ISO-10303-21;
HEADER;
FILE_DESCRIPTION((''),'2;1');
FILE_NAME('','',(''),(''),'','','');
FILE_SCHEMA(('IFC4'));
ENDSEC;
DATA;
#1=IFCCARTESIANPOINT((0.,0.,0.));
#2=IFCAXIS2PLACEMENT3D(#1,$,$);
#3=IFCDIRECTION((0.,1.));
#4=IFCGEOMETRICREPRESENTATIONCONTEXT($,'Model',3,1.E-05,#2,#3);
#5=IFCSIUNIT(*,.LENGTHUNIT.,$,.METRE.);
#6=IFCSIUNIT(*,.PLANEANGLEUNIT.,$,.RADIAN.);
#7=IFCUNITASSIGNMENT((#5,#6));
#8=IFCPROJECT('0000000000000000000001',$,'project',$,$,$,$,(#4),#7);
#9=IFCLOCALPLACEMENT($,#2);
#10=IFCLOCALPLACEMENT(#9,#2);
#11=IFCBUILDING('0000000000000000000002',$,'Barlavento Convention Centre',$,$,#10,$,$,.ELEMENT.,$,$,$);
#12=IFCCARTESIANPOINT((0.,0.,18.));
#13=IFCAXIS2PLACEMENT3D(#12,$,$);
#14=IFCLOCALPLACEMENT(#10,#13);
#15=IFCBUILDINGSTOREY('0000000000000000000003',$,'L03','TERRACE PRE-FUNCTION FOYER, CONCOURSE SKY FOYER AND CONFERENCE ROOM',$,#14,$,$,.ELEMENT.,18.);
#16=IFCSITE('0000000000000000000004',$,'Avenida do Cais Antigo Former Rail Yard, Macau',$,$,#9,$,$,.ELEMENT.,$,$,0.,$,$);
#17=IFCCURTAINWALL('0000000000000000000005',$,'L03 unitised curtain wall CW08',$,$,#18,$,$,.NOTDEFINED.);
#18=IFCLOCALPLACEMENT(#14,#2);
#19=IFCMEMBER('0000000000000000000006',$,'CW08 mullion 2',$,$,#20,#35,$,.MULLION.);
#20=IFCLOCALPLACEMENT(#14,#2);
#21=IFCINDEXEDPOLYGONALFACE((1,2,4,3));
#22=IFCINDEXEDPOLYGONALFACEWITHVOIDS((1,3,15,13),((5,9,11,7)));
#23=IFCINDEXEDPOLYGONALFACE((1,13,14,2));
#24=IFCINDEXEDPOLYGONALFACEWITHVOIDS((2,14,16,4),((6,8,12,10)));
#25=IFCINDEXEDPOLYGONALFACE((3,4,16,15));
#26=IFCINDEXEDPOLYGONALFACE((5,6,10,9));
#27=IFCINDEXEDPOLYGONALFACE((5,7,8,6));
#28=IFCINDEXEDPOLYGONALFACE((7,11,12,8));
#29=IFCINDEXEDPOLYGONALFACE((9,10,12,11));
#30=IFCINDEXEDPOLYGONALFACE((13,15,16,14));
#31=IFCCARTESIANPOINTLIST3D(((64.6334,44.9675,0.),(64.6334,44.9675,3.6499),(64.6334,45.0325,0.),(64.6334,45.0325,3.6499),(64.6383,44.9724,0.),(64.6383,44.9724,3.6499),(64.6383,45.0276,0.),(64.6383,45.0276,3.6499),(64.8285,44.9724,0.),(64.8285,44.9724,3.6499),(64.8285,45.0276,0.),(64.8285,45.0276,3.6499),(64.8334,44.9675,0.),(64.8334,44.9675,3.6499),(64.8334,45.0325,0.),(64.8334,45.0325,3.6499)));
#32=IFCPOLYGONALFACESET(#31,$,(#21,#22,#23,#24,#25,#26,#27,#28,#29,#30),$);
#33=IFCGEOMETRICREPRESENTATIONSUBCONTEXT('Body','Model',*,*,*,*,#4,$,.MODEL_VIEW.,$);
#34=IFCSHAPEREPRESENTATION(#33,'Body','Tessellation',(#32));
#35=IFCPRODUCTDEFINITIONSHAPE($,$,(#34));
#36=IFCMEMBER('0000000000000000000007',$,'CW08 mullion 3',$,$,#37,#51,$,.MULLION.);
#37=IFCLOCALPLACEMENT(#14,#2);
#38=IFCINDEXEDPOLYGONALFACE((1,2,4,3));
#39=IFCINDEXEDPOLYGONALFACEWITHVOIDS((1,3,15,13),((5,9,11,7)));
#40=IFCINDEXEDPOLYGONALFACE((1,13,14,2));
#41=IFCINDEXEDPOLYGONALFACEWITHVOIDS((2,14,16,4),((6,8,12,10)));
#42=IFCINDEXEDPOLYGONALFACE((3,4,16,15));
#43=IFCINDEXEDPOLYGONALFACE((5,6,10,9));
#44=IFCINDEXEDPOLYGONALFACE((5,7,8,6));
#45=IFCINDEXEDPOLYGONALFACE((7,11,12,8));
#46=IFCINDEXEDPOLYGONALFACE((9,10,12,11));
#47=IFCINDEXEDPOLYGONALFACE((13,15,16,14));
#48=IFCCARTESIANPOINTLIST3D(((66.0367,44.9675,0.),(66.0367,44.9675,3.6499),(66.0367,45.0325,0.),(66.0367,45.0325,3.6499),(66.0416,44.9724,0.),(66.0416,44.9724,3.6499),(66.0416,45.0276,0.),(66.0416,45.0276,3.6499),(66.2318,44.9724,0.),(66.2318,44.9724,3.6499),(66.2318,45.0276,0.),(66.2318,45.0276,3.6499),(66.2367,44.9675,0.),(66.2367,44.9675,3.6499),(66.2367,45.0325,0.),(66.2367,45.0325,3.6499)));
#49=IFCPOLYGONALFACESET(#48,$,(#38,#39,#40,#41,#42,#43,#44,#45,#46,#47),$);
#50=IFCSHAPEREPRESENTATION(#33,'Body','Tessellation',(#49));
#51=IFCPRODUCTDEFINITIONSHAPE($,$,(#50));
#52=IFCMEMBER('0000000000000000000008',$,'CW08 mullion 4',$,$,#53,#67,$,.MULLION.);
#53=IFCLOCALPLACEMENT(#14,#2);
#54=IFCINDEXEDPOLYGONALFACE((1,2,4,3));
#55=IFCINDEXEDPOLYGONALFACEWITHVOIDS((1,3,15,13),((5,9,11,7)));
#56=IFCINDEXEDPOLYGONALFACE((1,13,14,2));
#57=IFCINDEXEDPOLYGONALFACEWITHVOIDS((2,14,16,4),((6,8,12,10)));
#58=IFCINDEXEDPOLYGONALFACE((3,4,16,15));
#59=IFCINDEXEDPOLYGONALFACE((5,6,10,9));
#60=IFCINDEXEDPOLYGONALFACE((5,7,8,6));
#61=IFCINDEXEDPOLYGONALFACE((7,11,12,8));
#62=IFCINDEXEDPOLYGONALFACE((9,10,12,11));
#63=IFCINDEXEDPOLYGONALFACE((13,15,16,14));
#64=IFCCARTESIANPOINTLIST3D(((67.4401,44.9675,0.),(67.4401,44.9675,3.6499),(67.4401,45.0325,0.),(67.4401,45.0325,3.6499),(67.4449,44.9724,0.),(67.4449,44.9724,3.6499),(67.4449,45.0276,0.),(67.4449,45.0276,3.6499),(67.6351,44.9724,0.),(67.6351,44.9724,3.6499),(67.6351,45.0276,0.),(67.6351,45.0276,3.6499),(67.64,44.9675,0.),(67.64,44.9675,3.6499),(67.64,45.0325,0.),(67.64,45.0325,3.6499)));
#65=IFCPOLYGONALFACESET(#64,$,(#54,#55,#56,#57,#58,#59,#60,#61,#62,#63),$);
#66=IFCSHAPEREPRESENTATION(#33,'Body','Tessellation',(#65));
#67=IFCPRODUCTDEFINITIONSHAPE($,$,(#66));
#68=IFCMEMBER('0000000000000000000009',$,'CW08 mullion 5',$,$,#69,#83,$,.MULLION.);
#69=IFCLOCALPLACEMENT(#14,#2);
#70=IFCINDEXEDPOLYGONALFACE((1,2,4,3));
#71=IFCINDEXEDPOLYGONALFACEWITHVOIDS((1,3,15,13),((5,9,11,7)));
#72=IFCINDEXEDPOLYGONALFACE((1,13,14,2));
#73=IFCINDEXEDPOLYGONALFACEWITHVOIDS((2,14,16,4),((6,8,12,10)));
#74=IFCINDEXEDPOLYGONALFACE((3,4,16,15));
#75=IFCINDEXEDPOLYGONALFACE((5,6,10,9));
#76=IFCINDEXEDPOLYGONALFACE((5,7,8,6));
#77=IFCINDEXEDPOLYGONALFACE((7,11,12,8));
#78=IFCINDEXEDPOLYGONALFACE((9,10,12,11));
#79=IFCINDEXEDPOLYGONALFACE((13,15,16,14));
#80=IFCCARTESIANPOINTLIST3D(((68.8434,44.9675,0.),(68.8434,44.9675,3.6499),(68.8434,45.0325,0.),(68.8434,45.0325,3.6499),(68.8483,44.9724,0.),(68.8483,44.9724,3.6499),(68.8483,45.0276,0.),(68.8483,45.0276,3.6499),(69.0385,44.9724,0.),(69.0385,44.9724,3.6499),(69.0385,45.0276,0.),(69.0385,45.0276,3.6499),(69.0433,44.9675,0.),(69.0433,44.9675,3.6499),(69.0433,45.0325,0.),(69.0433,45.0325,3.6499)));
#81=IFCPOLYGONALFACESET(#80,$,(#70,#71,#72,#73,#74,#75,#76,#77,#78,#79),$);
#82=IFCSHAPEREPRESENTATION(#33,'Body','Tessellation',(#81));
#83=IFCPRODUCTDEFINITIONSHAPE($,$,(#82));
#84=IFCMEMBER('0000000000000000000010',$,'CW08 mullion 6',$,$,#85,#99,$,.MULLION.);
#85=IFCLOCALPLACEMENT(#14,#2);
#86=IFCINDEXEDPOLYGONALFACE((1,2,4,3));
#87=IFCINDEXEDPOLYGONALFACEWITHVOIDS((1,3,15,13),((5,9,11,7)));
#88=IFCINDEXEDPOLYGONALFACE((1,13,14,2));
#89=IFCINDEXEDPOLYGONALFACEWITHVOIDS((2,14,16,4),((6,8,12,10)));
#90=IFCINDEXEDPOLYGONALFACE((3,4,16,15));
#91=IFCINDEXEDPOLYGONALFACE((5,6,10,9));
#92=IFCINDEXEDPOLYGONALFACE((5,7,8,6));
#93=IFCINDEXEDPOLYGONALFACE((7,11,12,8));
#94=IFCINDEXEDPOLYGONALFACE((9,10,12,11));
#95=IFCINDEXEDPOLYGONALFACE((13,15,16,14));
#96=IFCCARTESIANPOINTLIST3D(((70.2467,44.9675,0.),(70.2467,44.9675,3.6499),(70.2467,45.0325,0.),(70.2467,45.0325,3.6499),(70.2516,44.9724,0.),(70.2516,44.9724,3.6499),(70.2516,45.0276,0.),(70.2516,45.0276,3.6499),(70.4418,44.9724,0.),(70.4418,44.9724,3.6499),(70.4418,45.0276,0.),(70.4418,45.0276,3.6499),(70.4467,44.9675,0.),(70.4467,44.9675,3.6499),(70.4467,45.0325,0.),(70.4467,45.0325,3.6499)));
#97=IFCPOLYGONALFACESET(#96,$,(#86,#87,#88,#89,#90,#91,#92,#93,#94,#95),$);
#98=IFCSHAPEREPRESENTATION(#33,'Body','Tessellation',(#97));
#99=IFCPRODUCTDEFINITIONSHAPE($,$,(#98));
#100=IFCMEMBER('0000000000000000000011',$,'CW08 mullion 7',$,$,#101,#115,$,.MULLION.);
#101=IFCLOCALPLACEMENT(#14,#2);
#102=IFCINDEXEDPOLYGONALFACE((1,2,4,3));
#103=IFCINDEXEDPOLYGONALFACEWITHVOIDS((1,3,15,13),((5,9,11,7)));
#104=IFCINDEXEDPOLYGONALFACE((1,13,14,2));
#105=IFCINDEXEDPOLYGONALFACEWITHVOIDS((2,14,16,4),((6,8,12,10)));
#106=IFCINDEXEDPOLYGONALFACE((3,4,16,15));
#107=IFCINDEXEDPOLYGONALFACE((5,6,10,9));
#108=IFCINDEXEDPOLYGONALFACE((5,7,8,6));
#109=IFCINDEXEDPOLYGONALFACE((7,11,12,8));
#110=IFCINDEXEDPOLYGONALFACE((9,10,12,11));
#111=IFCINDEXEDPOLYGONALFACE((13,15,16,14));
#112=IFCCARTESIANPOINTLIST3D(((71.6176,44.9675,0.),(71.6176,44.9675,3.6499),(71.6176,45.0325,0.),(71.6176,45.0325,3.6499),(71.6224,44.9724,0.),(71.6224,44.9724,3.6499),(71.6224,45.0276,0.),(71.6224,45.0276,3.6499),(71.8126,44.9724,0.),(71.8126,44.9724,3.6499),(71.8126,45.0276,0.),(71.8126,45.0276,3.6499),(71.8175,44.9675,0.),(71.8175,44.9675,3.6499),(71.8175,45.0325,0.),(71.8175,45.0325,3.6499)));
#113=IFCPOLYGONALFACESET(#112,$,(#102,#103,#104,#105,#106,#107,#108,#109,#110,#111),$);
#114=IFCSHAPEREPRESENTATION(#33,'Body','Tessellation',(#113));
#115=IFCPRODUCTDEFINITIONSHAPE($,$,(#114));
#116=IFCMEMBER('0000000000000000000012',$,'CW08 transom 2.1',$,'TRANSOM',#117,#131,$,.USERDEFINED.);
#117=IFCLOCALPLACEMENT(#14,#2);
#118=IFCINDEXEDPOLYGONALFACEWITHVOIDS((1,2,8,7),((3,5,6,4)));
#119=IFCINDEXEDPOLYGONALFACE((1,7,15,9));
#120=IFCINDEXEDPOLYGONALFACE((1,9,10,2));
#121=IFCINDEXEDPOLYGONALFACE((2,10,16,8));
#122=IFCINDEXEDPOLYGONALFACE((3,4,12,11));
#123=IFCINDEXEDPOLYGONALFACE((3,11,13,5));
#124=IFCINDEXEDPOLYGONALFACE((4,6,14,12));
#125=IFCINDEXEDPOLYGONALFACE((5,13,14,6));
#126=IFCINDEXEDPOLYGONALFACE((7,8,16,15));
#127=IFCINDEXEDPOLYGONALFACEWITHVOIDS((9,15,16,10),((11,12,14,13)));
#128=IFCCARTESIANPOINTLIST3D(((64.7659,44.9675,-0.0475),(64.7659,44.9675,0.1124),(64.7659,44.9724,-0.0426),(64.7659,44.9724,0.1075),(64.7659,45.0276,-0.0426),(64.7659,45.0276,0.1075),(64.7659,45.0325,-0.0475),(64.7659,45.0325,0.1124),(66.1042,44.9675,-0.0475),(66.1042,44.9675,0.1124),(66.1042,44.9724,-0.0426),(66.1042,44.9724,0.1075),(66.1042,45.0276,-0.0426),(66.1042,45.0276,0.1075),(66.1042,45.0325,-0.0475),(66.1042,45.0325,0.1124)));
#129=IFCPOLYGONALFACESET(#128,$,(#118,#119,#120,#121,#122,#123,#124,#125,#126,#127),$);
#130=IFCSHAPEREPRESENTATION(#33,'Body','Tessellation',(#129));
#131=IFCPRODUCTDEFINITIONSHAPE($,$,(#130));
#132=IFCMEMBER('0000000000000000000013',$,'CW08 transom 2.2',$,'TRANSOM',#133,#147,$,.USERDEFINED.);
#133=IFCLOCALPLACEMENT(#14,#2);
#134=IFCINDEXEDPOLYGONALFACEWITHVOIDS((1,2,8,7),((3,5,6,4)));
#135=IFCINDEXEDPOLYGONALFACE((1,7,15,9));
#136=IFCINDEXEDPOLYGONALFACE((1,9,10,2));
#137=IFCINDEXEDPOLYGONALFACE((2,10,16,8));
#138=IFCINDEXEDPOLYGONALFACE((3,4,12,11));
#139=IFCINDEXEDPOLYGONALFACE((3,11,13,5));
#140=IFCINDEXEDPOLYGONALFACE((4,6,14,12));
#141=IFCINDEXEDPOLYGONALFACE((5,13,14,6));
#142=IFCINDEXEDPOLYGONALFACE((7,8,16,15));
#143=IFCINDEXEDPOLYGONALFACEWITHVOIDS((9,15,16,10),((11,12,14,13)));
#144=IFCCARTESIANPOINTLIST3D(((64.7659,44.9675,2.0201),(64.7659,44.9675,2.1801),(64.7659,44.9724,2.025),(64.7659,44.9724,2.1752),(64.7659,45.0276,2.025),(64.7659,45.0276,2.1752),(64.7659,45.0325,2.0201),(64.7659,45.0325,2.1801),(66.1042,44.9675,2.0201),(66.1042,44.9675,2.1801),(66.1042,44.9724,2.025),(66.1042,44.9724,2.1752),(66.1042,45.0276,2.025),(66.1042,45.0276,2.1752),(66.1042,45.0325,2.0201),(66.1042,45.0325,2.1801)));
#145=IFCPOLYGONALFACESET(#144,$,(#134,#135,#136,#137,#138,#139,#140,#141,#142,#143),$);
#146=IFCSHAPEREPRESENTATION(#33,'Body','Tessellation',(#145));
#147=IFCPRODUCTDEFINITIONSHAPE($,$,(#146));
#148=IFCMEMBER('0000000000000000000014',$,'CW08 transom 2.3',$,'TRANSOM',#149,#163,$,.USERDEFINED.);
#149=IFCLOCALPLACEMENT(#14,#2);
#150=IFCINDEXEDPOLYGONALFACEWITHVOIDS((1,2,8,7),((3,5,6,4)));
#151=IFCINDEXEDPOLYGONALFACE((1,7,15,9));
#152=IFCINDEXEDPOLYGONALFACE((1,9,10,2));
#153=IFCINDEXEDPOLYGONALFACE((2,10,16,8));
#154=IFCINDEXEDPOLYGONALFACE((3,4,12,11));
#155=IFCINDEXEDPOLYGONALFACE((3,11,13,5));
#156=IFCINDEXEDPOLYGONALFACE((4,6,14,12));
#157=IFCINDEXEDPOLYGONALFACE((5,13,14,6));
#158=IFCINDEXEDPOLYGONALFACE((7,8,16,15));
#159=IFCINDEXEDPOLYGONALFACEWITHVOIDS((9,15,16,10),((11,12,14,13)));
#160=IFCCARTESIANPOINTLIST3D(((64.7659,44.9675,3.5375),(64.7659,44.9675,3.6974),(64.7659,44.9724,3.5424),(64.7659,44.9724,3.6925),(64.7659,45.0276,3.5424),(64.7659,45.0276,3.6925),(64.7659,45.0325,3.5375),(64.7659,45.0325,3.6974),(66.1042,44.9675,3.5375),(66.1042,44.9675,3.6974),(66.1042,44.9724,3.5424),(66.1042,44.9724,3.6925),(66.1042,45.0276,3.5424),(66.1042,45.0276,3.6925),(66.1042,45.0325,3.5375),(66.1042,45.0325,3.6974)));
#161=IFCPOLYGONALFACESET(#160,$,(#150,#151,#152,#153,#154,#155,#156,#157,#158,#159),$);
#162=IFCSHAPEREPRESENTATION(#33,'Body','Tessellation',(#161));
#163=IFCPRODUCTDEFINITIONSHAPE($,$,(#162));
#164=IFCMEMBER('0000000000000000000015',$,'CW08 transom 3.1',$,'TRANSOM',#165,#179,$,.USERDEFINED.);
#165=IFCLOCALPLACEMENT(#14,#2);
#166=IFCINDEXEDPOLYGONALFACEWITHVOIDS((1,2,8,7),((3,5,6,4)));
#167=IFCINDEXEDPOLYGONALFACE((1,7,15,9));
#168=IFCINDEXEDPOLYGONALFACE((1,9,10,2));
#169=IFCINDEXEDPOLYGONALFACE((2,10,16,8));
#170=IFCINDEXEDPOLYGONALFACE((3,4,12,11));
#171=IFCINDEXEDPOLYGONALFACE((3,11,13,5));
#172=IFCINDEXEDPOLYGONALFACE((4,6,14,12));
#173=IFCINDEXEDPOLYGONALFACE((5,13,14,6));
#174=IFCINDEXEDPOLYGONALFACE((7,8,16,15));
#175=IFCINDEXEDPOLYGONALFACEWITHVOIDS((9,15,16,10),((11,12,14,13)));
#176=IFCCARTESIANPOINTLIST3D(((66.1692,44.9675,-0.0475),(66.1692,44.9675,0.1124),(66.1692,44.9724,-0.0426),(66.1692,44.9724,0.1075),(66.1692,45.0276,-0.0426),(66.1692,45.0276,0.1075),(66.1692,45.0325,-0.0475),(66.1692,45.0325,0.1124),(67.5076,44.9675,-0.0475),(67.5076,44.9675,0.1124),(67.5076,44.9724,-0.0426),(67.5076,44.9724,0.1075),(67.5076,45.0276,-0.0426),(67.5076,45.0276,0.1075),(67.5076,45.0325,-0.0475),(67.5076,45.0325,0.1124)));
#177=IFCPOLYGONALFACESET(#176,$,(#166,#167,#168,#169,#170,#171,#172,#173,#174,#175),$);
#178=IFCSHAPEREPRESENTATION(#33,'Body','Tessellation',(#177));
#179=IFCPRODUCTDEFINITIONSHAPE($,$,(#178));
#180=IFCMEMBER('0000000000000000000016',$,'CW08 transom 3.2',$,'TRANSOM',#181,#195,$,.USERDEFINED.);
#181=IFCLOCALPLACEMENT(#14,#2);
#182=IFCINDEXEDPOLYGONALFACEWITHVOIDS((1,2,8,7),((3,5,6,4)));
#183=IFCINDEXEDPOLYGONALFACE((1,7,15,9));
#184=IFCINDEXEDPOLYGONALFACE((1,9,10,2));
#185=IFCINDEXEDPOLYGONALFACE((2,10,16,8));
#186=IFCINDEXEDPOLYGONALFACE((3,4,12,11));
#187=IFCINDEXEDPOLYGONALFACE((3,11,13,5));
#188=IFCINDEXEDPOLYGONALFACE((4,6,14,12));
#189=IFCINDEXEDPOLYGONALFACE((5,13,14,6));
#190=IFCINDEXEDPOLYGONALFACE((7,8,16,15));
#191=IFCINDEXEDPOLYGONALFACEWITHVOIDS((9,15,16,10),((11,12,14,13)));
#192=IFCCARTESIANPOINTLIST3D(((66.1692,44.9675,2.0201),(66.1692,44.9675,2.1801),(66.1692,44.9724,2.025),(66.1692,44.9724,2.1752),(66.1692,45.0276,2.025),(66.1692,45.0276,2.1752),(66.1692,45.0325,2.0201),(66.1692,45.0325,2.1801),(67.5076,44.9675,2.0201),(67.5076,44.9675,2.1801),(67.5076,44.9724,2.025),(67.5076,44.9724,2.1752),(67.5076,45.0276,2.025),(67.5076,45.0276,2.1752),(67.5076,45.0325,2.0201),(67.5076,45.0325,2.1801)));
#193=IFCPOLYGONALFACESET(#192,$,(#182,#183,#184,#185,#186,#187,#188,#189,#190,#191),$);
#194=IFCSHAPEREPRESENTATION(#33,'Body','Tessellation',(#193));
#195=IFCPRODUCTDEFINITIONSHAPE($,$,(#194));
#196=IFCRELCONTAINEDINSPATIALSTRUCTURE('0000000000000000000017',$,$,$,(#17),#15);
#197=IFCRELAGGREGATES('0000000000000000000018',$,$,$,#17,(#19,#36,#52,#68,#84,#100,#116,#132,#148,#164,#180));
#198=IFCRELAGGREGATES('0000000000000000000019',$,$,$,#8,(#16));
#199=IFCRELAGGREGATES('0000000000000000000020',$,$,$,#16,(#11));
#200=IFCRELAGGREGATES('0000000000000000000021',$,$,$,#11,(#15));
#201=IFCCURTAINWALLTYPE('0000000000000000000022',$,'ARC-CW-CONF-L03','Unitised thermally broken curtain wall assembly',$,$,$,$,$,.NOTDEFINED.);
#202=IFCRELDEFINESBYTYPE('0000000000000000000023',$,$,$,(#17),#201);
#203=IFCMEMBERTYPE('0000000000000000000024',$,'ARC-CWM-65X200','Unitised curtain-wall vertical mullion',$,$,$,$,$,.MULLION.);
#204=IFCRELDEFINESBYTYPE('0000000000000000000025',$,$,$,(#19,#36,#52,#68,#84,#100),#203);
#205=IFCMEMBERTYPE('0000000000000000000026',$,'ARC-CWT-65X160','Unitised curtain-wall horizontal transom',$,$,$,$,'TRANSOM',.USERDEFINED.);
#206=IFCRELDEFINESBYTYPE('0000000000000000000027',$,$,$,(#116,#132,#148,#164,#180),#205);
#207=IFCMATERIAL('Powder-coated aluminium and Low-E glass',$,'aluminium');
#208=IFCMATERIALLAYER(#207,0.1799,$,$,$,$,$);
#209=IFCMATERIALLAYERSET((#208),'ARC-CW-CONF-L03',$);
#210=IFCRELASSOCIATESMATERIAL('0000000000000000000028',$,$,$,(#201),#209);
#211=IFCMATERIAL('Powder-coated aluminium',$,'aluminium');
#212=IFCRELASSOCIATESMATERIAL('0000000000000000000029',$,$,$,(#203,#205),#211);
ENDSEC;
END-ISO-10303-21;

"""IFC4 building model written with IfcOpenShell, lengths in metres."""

from ifc_helpers import new_model, si_unit, direction, frame, origin, origin_2d, place, context, subcontext, project, spatial, hollow_rectangle, extrude, material, layer, layer_set, material_profile, profile_set, type_object, element, aggregate, save


model = new_model("IFC4")

# Units and contexts
model_context = context("Model", 3, precision=1e-05, world=origin(), true_north=direction((0.0, 1.0)))
body_context = subcontext(model_context, "Body", "Model", "MODEL_VIEW")
ifc_project = project(units=[si_unit("LENGTHUNIT", "METRE"), si_unit("PLANEANGLEUNIT", "RADIAN")], contexts=[model_context])

# Site, building, storey
site_placement = place(None, origin())
site = spatial("IfcSite", under=ifc_project, at=site_placement, Name="Avenida do Cais Antigo Former Rail Yard, Macau", CompositionType="ELEMENT", RefElevation=0.0)
building_placement = place(site_placement, origin())
building = spatial("IfcBuilding", under=site, at=building_placement, Name="Barlavento Convention Centre", CompositionType="ELEMENT")
storey_placement = place(building_placement, frame((0.0, 0.0, 18.0)))
storey = spatial("IfcBuildingStorey", under=building, at=storey_placement, Name="L03", Description="TERRACE PRE-FUNCTION FOYER, CONCOURSE SKY FOYER AND CONFERENCE ROOM", CompositionType="ELEMENT", Elevation=18.0)

# Curtain wall, members
ifc_material_1 = material(Name="Powder-coated aluminium and Low-E glass", Category="aluminium")
ifc_layer_1 = layer(ifc_material_1, 0.1799)
ifc_layer_set_1 = layer_set([ifc_layer_1], Name="ARC-CW-CONF-L03")
curtain_wall_type = type_object("IfcCurtainWallType", Name="ARC-CW-CONF-L03", Description="Unitised thermally broken curtain wall assembly", PredefinedType="NOTDEFINED", material=ifc_layer_set_1)
curtain_wall_placement = place(storey_placement, origin())
curtain_wall = element("IfcCurtainWall", 1, at=curtain_wall_placement, inside=storey, type_object=curtain_wall_type, Name="L03 unitised curtain wall CW08", PredefinedType="NOTDEFINED")
ifc_material_2 = material(Name="Powder-coated aluminium", Category="aluminium")
ifc_material_profile_1 = material_profile(ifc_material_2, hollow_rectangle(XDim=0.0649, YDim=0.2, WallThickness=0.0049, at=origin_2d()), Name="AL-MULL 65x200x5")
ifc_profile_set_1 = profile_set([ifc_material_profile_1], Name="Powder-coated aluminium")
member_type_1 = type_object("IfcMemberType", Name="ARC-CWM-65X200", Description="Unitised curtain-wall vertical mullion", PredefinedType="MULLION", material=ifc_profile_set_1)
member_1_placement = place(storey_placement, frame((64.7334, 45.0, 0.0), z_axis=(0.0, 0.0, 1.0), x_axis=(0.0, 1.0, 0.0)))
member_1 = element("IfcMember", 2, at=member_1_placement, type_object=member_type_1, Name="CW08 mullion 2", PredefinedType="MULLION", context=body_context, shape_type="SweptSolid", body=[
    extrude(hollow_rectangle(XDim=0.0649, YDim=0.2, WallThickness=0.0049, at=origin_2d()), origin(), (0.0, 0.0, 1.0), 3.6499),
])
member_2_placement = place(storey_placement, frame((66.1367, 45.0, 0.0), z_axis=(0.0, 0.0, 1.0), x_axis=(0.0, 1.0, 0.0)))
member_2 = element("IfcMember", 3, at=member_2_placement, type_object=member_type_1, Name="CW08 mullion 3", PredefinedType="MULLION", context=body_context, shape_type="SweptSolid", body=[
    extrude(hollow_rectangle(XDim=0.0649, YDim=0.2, WallThickness=0.0049, at=origin_2d()), origin(), (0.0, 0.0, 1.0), 3.6499),
])
member_3_placement = place(storey_placement, frame((67.54, 45.0, 0.0), z_axis=(0.0, 0.0, 1.0), x_axis=(0.0, 1.0, 0.0)))
member_3 = element("IfcMember", 4, at=member_3_placement, type_object=member_type_1, Name="CW08 mullion 4", PredefinedType="MULLION", context=body_context, shape_type="SweptSolid", body=[
    extrude(hollow_rectangle(XDim=0.0649, YDim=0.2, WallThickness=0.0049, at=origin_2d()), origin(), (0.0, 0.0, 1.0), 3.6499),
])
member_4_placement = place(storey_placement, frame((68.9434, 45.0, 0.0), z_axis=(0.0, 0.0, 1.0), x_axis=(0.0, 1.0, 0.0)))
member_4 = element("IfcMember", 5, at=member_4_placement, type_object=member_type_1, Name="CW08 mullion 5", PredefinedType="MULLION", context=body_context, shape_type="SweptSolid", body=[
    extrude(hollow_rectangle(XDim=0.0649, YDim=0.2, WallThickness=0.0049, at=origin_2d()), origin(), (0.0, 0.0, 1.0), 3.6499),
])
member_5_placement = place(storey_placement, frame((70.3467, 45.0, 0.0), z_axis=(0.0, 0.0, 1.0), x_axis=(0.0, 1.0, 0.0)))
member_5 = element("IfcMember", 6, at=member_5_placement, type_object=member_type_1, Name="CW08 mullion 6", PredefinedType="MULLION", context=body_context, shape_type="SweptSolid", body=[
    extrude(hollow_rectangle(XDim=0.0649, YDim=0.2, WallThickness=0.0049, at=origin_2d()), origin(), (0.0, 0.0, 1.0), 3.6499),
])
member_6_placement = place(storey_placement, frame((71.7175, 45.0, 0.0), z_axis=(0.0, 0.0, 1.0), x_axis=(0.0, 1.0, 0.0)))
member_6 = element("IfcMember", 7, at=member_6_placement, type_object=member_type_1, Name="CW08 mullion 7", PredefinedType="MULLION", context=body_context, shape_type="SweptSolid", body=[
    extrude(hollow_rectangle(XDim=0.0649, YDim=0.2, WallThickness=0.0049, at=origin_2d()), origin(), (0.0, 0.0, 1.0), 3.6499),
])
ifc_material_profile_2 = material_profile(ifc_material_2, hollow_rectangle(XDim=0.0649, YDim=0.1599, WallThickness=0.0049, at=origin_2d()), Name="AL-TRAN 65x160x5")
ifc_profile_set_2 = profile_set([ifc_material_profile_2], Name="Powder-coated aluminium")
member_type_2 = type_object("IfcMemberType", Name="ARC-CWT-65X160", Description="Unitised curtain-wall horizontal transom", ElementType="TRANSOM", PredefinedType="USERDEFINED", material=ifc_profile_set_2)
member_7_placement = place(storey_placement, frame((64.7659, 45.0, 0.0325), z_axis=(1.0, 0.0, 0.0), x_axis=(0.0, 1.0, 0.0)))
member_7 = element("IfcMember", 8, at=member_7_placement, type_object=member_type_2, Name="CW08 transom 2.1", ObjectType="TRANSOM", PredefinedType="USERDEFINED", context=body_context, shape_type="SweptSolid", body=[
    extrude(hollow_rectangle(XDim=0.0649, YDim=0.1599, WallThickness=0.0049, at=origin_2d()), origin(), (0.0, 0.0, 1.0), 1.3384),
])
member_8_placement = place(storey_placement, frame((64.7659, 45.0, 2.1001), z_axis=(1.0, 0.0, 0.0), x_axis=(0.0, 1.0, 0.0)))
member_8 = element("IfcMember", 9, at=member_8_placement, type_object=member_type_2, Name="CW08 transom 2.2", ObjectType="TRANSOM", PredefinedType="USERDEFINED", context=body_context, shape_type="SweptSolid", body=[
    extrude(hollow_rectangle(XDim=0.0649, YDim=0.1599, WallThickness=0.0049, at=origin_2d()), origin(), (0.0, 0.0, 1.0), 1.3384),
])
member_9_placement = place(storey_placement, frame((64.7659, 45.0, 3.6174), z_axis=(1.0, 0.0, 0.0), x_axis=(0.0, 1.0, 0.0)))
member_9 = element("IfcMember", 10, at=member_9_placement, type_object=member_type_2, Name="CW08 transom 2.3", ObjectType="TRANSOM", PredefinedType="USERDEFINED", context=body_context, shape_type="SweptSolid", body=[
    extrude(hollow_rectangle(XDim=0.0649, YDim=0.1599, WallThickness=0.0049, at=origin_2d()), origin(), (0.0, 0.0, 1.0), 1.3384),
])
member_10_placement = place(storey_placement, frame((66.1692, 45.0, 0.0325), z_axis=(1.0, 0.0, 0.0), x_axis=(0.0, 1.0, 0.0)))
member_10 = element("IfcMember", 11, at=member_10_placement, type_object=member_type_2, Name="CW08 transom 3.1", ObjectType="TRANSOM", PredefinedType="USERDEFINED", context=body_context, shape_type="SweptSolid", body=[
    extrude(hollow_rectangle(XDim=0.0649, YDim=0.1599, WallThickness=0.0049, at=origin_2d()), origin(), (0.0, 0.0, 1.0), 1.3384),
])
member_11_placement = place(storey_placement, frame((66.1692, 45.0, 2.1001), z_axis=(1.0, 0.0, 0.0), x_axis=(0.0, 1.0, 0.0)))
member_11 = element("IfcMember", 12, at=member_11_placement, type_object=member_type_2, Name="CW08 transom 3.2", ObjectType="TRANSOM", PredefinedType="USERDEFINED", context=body_context, shape_type="SweptSolid", body=[
    extrude(hollow_rectangle(XDim=0.0649, YDim=0.1599, WallThickness=0.0049, at=origin_2d()), origin(), (0.0, 0.0, 1.0), 1.3384),
])
aggregate(curtain_wall, [member_1, member_2, member_3, member_4, member_5, member_6, member_7, member_8, member_9, member_10, member_11])

save(model, "model.ifc")
